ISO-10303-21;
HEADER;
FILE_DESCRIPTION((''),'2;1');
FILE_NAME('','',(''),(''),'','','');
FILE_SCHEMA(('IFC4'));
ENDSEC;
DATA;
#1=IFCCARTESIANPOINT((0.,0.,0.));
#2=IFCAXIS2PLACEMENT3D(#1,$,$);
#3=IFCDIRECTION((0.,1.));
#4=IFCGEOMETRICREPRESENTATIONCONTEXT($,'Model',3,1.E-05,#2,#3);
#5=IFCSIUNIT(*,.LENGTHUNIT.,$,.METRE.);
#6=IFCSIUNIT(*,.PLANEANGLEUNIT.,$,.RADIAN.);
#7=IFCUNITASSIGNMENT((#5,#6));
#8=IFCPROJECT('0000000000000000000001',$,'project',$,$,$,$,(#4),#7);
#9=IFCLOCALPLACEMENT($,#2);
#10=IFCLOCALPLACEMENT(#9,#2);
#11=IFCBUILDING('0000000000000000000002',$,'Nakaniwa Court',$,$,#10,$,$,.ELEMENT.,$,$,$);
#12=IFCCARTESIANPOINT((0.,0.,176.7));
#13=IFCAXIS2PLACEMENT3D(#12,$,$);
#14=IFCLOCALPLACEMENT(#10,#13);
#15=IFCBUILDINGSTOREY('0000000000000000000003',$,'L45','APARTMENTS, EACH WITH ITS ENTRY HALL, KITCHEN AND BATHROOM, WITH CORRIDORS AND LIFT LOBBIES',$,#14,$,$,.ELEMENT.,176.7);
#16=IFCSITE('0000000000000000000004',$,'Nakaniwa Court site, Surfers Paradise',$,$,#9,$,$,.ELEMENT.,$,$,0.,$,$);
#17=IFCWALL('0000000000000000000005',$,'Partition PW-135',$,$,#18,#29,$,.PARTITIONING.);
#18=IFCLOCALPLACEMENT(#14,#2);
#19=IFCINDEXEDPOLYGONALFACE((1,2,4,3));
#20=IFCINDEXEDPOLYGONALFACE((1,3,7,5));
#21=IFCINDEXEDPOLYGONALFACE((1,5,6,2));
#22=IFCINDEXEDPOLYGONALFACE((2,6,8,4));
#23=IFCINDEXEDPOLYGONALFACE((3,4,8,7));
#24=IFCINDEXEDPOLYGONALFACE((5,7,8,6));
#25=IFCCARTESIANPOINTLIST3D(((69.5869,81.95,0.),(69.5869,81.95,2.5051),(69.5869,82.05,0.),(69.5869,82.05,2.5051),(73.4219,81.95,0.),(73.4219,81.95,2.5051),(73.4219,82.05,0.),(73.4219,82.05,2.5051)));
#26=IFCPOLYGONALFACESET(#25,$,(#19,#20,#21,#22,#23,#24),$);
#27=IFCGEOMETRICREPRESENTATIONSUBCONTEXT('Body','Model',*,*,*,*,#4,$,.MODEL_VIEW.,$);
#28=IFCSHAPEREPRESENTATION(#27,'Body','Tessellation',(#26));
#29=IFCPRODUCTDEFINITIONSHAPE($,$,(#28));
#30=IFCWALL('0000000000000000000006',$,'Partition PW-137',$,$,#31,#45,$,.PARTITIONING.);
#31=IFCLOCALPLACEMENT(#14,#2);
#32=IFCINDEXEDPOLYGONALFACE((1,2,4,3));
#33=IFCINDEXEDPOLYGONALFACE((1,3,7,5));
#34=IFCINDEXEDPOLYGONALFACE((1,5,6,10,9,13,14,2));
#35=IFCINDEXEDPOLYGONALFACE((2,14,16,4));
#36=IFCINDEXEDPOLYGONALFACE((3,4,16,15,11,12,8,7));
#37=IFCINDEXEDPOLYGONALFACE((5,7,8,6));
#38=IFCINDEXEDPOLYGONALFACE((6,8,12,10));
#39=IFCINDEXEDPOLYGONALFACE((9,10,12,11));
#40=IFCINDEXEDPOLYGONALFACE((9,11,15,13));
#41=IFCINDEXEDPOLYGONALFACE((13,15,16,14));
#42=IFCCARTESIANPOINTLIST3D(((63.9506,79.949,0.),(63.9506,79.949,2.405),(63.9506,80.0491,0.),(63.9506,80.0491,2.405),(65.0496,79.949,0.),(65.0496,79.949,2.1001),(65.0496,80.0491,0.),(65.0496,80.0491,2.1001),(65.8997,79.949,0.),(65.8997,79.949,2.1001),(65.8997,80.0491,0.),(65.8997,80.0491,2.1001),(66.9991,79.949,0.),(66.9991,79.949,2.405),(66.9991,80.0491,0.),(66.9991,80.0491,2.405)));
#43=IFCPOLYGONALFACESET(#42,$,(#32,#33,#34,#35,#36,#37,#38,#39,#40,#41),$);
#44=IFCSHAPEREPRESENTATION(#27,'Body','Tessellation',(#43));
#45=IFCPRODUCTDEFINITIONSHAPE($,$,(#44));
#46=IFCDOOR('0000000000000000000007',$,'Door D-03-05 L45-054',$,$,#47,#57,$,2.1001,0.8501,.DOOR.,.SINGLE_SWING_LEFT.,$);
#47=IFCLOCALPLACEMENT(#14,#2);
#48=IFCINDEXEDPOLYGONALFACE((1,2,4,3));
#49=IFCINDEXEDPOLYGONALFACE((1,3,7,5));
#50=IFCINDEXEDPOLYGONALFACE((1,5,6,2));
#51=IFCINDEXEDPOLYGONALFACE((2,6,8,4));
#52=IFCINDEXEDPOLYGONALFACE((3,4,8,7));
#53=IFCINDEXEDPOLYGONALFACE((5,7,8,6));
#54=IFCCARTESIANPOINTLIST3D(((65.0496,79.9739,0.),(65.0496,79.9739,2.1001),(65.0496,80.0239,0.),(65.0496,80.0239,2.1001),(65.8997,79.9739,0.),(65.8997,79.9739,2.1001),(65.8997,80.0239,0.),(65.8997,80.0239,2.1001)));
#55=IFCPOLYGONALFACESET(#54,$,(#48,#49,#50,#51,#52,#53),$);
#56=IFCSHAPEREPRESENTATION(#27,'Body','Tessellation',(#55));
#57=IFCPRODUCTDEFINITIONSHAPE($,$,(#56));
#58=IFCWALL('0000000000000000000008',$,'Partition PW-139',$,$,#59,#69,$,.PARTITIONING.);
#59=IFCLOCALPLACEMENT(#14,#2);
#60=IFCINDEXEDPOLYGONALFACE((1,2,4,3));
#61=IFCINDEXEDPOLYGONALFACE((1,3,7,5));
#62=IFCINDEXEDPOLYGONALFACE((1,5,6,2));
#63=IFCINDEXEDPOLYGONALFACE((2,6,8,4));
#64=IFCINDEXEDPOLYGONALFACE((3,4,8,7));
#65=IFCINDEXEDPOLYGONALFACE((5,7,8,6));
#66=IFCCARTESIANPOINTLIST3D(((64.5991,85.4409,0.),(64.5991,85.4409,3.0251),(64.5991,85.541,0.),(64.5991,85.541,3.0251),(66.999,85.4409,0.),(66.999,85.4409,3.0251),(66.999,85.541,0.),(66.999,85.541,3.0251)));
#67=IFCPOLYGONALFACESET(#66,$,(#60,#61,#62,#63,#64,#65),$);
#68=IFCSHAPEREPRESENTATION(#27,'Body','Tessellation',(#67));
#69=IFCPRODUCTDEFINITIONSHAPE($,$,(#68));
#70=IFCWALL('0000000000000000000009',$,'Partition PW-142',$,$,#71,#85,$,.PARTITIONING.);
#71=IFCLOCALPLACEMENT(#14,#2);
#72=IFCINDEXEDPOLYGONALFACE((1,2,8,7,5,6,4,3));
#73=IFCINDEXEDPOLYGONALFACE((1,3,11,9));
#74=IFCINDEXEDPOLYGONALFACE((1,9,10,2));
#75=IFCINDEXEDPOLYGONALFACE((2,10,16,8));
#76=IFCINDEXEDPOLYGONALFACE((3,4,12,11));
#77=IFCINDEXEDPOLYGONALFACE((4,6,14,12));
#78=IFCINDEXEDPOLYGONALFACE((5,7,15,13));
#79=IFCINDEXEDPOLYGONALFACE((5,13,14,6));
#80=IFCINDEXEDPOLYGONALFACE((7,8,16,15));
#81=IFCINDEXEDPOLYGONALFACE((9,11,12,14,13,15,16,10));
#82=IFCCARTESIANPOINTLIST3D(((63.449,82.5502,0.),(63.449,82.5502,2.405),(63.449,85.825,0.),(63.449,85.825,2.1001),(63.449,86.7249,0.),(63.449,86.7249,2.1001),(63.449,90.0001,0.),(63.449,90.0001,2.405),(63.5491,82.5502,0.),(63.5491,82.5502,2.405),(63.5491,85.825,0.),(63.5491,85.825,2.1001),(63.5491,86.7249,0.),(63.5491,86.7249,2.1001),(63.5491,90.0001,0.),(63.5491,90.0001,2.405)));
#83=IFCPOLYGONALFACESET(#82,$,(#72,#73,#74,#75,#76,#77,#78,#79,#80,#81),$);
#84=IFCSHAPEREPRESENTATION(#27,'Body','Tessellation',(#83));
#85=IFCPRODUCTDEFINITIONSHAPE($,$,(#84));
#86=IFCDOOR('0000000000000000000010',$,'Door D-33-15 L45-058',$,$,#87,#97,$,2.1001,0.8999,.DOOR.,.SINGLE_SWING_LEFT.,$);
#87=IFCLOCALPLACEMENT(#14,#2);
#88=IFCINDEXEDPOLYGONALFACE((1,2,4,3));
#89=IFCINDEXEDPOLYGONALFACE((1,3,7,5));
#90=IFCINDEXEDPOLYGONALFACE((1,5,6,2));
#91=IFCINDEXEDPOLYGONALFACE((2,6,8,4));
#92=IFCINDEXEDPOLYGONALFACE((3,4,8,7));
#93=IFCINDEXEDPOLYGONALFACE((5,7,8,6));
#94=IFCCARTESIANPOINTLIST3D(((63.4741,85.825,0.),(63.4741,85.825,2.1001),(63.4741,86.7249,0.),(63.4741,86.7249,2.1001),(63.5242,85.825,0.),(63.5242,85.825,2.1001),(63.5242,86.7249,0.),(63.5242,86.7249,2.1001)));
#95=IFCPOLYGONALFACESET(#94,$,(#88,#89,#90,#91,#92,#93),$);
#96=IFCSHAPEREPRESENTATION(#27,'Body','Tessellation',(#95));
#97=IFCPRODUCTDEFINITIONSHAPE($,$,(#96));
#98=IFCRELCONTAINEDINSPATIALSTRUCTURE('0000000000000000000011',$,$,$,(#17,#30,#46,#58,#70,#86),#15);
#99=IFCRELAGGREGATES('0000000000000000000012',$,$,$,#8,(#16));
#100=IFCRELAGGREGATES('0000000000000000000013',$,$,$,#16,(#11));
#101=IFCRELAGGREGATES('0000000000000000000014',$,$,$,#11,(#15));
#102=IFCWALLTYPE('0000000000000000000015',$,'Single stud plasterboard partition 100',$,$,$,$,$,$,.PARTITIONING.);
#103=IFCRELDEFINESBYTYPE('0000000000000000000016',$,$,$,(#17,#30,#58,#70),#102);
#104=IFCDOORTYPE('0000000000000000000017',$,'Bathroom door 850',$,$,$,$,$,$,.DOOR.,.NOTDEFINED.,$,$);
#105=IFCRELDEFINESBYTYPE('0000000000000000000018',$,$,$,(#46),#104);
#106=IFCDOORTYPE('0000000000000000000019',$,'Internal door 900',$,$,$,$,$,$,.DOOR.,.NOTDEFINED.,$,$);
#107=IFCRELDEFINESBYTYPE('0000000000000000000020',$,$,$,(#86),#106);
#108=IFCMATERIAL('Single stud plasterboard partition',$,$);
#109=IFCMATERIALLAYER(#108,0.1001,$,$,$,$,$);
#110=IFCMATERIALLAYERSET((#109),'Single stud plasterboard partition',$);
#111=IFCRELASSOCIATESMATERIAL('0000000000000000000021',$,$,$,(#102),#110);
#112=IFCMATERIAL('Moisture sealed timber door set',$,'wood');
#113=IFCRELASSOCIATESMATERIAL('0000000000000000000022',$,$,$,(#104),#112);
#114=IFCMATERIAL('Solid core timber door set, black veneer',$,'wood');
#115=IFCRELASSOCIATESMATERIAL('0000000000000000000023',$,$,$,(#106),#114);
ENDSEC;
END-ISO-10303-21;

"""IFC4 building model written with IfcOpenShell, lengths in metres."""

from ifc_helpers import new_model, si_unit, direction, frame, frame_2d, origin, place, context, subcontext, project, spatial, rectangle, extrude, material, layer, layer_set, type_object, element, fill, save


model = new_model("IFC4")

# Units and contexts
model_context = context("Model", 3, precision=1e-05, world=origin(), true_north=direction((0.0, 1.0)))
body_context = subcontext(model_context, "Body", "Model", "MODEL_VIEW")
ifc_project = project(units=[si_unit("LENGTHUNIT", "METRE"), si_unit("PLANEANGLEUNIT", "RADIAN")], contexts=[model_context])

# Site, building, storey
site_placement = place(None, origin())
site = spatial("IfcSite", under=ifc_project, at=site_placement, Name="Nakaniwa Court site, Surfers Paradise", CompositionType="ELEMENT", RefElevation=0.0)
building_placement = place(site_placement, origin())
building = spatial("IfcBuilding", under=site, at=building_placement, Name="Nakaniwa Court", CompositionType="ELEMENT")
storey_placement = place(building_placement, frame((0.0, 0.0, 176.7)))
storey = spatial("IfcBuildingStorey", under=building, at=storey_placement, Name="L45", Description="APARTMENTS, EACH WITH ITS ENTRY HALL, KITCHEN AND BATHROOM, WITH CORRIDORS AND LIFT LOBBIES", CompositionType="ELEMENT", Elevation=176.7)

# Wall
ifc_material_1 = material(Name="Single stud plasterboard partition")
ifc_layer_1 = layer(ifc_material_1, 0.1001)
ifc_layer_set_1 = layer_set([ifc_layer_1], Name="Single stud plasterboard partition")
wall_type_1 = type_object("IfcWallType", Name="Single stud plasterboard partition 100", PredefinedType="PARTITIONING", material=ifc_layer_set_1)
wall_1_placement = place(storey_placement, frame((69.5869, 82.0, 0.0), z_axis=(0.0, 0.0, 1.0), x_axis=(1.0, 0.0, 0.0)))
element("IfcWall", 1, at=wall_1_placement, inside=storey, type_object=wall_type_1, Name="Partition PW-135", PredefinedType="PARTITIONING", context=body_context, shape_type="SweptSolid", body=[
    extrude(rectangle(XDim=3.835, YDim=0.1001, at=frame_2d((1.9175, 0.0))), origin(), (0.0, 0.0, 1.0), 2.5051),
])

# Wall, opening, door
wall_2_placement = place(storey_placement, frame((63.9504, 79.999, 0.0), z_axis=(0.0, 0.0, 1.0), x_axis=(1.0, 0.0, 0.0)))
wall_2 = element("IfcWall", 2, at=wall_2_placement, inside=storey, type_object=wall_type_1, Name="Partition PW-137", PredefinedType="PARTITIONING", context=body_context, shape_type="SweptSolid", body=[
    extrude(rectangle(XDim=3.0486, YDim=0.1001, at=frame_2d((1.5244, 0.0))), origin(), (0.0, 0.0, 1.0), 2.405),
])
opening_1_placement = place(wall_2_placement, frame((1.0991, 0.0, 0.0)))
opening_1 = element("IfcOpeningElement", 3, at=opening_1_placement, cuts=wall_2, PredefinedType="OPENING", context=body_context, shape_type="SweptSolid", body=[
    extrude(rectangle(XDim=0.8501, YDim=2.1001, at=frame_2d((0.425, 1.05))), frame((0.0, 0.0601, 0.0), z_axis=(0.0, -1.0, 0.0), x_axis=(1.0, 0.0, 0.0)), (0.0, 0.0, 1.0), 0.1201),
])
ifc_material_2 = material(Name="Moisture sealed timber door set", Category="wood")
door_type_1 = type_object("IfcDoorType", Name="Bathroom door 850", OperationType="NOTDEFINED", PredefinedType="DOOR", material=ifc_material_2)
door_1_placement = place(opening_1_placement, origin())
door_1 = element("IfcDoor", 4, at=door_1_placement, inside=storey, type_object=door_type_1, Name="Door D-03-05 L45-054", OperationType="SINGLE_SWING_LEFT", OverallHeight=2.1001, OverallWidth=0.8501, PredefinedType="DOOR", context=body_context, shape_type="SweptSolid", body=[
    extrude(rectangle(XDim=0.8501, YDim=2.1001, at=frame_2d((0.425, 1.05))), frame((0.0, 0.0249, 0.0), z_axis=(0.0, -1.0, 0.0), x_axis=(1.0, 0.0, 0.0)), (0.0, 0.0, 1.0), 0.05),
])
fill(opening_1, door_1)

# Wall
wall_3_placement = place(storey_placement, frame((64.5991, 85.491, 0.0), z_axis=(0.0, 0.0, 1.0), x_axis=(1.0, 0.0, 0.0)))
element("IfcWall", 5, at=wall_3_placement, inside=storey, type_object=wall_type_1, Name="Partition PW-139", PredefinedType="PARTITIONING", context=body_context, shape_type="SweptSolid", body=[
    extrude(rectangle(XDim=2.3999, YDim=0.1001, at=frame_2d((1.2, 0.0))), origin(), (0.0, 0.0, 1.0), 3.0251),
])

# Wall, opening, door
wall_4_placement = place(storey_placement, frame((63.499, 82.55, 0.0), z_axis=(0.0, 0.0, 1.0), x_axis=(0.0, 1.0, 0.0)))
wall_4 = element("IfcWall", 6, at=wall_4_placement, inside=storey, type_object=wall_type_1, Name="Partition PW-142", PredefinedType="PARTITIONING", context=body_context, shape_type="SweptSolid", body=[
    extrude(rectangle(XDim=7.45, YDim=0.1001, at=frame_2d((3.7251, 0.0))), origin(), (0.0, 0.0, 1.0), 2.405),
])
opening_2_placement = place(wall_4_placement, frame((3.2749, 0.0, 0.0)))
opening_2 = element("IfcOpeningElement", 7, at=opening_2_placement, cuts=wall_4, PredefinedType="OPENING", context=body_context, shape_type="SweptSolid", body=[
    extrude(rectangle(XDim=0.8999, YDim=2.1001, at=frame_2d((0.45, 1.05))), frame((0.0, 0.0601, 0.0), z_axis=(0.0, -1.0, 0.0), x_axis=(1.0, 0.0, 0.0)), (0.0, 0.0, 1.0), 0.1201),
])
ifc_material_3 = material(Name="Solid core timber door set, black veneer", Category="wood")
door_type_2 = type_object("IfcDoorType", Name="Internal door 900", OperationType="NOTDEFINED", PredefinedType="DOOR", material=ifc_material_3)
door_2_placement = place(opening_2_placement, origin())
door_2 = element("IfcDoor", 8, at=door_2_placement, inside=storey, type_object=door_type_2, Name="Door D-33-15 L45-058", OperationType="SINGLE_SWING_LEFT", OverallHeight=2.1001, OverallWidth=0.8999, PredefinedType="DOOR", context=body_context, shape_type="SweptSolid", body=[
    extrude(rectangle(XDim=0.8999, YDim=2.1001, at=frame_2d((0.45, 1.05))), frame((0.0, 0.0249, 0.0), z_axis=(0.0, -1.0, 0.0), x_axis=(1.0, 0.0, 0.0)), (0.0, 0.0, 1.0), 0.05),
])
fill(opening_2, door_2)

save(model, "model.ifc")
